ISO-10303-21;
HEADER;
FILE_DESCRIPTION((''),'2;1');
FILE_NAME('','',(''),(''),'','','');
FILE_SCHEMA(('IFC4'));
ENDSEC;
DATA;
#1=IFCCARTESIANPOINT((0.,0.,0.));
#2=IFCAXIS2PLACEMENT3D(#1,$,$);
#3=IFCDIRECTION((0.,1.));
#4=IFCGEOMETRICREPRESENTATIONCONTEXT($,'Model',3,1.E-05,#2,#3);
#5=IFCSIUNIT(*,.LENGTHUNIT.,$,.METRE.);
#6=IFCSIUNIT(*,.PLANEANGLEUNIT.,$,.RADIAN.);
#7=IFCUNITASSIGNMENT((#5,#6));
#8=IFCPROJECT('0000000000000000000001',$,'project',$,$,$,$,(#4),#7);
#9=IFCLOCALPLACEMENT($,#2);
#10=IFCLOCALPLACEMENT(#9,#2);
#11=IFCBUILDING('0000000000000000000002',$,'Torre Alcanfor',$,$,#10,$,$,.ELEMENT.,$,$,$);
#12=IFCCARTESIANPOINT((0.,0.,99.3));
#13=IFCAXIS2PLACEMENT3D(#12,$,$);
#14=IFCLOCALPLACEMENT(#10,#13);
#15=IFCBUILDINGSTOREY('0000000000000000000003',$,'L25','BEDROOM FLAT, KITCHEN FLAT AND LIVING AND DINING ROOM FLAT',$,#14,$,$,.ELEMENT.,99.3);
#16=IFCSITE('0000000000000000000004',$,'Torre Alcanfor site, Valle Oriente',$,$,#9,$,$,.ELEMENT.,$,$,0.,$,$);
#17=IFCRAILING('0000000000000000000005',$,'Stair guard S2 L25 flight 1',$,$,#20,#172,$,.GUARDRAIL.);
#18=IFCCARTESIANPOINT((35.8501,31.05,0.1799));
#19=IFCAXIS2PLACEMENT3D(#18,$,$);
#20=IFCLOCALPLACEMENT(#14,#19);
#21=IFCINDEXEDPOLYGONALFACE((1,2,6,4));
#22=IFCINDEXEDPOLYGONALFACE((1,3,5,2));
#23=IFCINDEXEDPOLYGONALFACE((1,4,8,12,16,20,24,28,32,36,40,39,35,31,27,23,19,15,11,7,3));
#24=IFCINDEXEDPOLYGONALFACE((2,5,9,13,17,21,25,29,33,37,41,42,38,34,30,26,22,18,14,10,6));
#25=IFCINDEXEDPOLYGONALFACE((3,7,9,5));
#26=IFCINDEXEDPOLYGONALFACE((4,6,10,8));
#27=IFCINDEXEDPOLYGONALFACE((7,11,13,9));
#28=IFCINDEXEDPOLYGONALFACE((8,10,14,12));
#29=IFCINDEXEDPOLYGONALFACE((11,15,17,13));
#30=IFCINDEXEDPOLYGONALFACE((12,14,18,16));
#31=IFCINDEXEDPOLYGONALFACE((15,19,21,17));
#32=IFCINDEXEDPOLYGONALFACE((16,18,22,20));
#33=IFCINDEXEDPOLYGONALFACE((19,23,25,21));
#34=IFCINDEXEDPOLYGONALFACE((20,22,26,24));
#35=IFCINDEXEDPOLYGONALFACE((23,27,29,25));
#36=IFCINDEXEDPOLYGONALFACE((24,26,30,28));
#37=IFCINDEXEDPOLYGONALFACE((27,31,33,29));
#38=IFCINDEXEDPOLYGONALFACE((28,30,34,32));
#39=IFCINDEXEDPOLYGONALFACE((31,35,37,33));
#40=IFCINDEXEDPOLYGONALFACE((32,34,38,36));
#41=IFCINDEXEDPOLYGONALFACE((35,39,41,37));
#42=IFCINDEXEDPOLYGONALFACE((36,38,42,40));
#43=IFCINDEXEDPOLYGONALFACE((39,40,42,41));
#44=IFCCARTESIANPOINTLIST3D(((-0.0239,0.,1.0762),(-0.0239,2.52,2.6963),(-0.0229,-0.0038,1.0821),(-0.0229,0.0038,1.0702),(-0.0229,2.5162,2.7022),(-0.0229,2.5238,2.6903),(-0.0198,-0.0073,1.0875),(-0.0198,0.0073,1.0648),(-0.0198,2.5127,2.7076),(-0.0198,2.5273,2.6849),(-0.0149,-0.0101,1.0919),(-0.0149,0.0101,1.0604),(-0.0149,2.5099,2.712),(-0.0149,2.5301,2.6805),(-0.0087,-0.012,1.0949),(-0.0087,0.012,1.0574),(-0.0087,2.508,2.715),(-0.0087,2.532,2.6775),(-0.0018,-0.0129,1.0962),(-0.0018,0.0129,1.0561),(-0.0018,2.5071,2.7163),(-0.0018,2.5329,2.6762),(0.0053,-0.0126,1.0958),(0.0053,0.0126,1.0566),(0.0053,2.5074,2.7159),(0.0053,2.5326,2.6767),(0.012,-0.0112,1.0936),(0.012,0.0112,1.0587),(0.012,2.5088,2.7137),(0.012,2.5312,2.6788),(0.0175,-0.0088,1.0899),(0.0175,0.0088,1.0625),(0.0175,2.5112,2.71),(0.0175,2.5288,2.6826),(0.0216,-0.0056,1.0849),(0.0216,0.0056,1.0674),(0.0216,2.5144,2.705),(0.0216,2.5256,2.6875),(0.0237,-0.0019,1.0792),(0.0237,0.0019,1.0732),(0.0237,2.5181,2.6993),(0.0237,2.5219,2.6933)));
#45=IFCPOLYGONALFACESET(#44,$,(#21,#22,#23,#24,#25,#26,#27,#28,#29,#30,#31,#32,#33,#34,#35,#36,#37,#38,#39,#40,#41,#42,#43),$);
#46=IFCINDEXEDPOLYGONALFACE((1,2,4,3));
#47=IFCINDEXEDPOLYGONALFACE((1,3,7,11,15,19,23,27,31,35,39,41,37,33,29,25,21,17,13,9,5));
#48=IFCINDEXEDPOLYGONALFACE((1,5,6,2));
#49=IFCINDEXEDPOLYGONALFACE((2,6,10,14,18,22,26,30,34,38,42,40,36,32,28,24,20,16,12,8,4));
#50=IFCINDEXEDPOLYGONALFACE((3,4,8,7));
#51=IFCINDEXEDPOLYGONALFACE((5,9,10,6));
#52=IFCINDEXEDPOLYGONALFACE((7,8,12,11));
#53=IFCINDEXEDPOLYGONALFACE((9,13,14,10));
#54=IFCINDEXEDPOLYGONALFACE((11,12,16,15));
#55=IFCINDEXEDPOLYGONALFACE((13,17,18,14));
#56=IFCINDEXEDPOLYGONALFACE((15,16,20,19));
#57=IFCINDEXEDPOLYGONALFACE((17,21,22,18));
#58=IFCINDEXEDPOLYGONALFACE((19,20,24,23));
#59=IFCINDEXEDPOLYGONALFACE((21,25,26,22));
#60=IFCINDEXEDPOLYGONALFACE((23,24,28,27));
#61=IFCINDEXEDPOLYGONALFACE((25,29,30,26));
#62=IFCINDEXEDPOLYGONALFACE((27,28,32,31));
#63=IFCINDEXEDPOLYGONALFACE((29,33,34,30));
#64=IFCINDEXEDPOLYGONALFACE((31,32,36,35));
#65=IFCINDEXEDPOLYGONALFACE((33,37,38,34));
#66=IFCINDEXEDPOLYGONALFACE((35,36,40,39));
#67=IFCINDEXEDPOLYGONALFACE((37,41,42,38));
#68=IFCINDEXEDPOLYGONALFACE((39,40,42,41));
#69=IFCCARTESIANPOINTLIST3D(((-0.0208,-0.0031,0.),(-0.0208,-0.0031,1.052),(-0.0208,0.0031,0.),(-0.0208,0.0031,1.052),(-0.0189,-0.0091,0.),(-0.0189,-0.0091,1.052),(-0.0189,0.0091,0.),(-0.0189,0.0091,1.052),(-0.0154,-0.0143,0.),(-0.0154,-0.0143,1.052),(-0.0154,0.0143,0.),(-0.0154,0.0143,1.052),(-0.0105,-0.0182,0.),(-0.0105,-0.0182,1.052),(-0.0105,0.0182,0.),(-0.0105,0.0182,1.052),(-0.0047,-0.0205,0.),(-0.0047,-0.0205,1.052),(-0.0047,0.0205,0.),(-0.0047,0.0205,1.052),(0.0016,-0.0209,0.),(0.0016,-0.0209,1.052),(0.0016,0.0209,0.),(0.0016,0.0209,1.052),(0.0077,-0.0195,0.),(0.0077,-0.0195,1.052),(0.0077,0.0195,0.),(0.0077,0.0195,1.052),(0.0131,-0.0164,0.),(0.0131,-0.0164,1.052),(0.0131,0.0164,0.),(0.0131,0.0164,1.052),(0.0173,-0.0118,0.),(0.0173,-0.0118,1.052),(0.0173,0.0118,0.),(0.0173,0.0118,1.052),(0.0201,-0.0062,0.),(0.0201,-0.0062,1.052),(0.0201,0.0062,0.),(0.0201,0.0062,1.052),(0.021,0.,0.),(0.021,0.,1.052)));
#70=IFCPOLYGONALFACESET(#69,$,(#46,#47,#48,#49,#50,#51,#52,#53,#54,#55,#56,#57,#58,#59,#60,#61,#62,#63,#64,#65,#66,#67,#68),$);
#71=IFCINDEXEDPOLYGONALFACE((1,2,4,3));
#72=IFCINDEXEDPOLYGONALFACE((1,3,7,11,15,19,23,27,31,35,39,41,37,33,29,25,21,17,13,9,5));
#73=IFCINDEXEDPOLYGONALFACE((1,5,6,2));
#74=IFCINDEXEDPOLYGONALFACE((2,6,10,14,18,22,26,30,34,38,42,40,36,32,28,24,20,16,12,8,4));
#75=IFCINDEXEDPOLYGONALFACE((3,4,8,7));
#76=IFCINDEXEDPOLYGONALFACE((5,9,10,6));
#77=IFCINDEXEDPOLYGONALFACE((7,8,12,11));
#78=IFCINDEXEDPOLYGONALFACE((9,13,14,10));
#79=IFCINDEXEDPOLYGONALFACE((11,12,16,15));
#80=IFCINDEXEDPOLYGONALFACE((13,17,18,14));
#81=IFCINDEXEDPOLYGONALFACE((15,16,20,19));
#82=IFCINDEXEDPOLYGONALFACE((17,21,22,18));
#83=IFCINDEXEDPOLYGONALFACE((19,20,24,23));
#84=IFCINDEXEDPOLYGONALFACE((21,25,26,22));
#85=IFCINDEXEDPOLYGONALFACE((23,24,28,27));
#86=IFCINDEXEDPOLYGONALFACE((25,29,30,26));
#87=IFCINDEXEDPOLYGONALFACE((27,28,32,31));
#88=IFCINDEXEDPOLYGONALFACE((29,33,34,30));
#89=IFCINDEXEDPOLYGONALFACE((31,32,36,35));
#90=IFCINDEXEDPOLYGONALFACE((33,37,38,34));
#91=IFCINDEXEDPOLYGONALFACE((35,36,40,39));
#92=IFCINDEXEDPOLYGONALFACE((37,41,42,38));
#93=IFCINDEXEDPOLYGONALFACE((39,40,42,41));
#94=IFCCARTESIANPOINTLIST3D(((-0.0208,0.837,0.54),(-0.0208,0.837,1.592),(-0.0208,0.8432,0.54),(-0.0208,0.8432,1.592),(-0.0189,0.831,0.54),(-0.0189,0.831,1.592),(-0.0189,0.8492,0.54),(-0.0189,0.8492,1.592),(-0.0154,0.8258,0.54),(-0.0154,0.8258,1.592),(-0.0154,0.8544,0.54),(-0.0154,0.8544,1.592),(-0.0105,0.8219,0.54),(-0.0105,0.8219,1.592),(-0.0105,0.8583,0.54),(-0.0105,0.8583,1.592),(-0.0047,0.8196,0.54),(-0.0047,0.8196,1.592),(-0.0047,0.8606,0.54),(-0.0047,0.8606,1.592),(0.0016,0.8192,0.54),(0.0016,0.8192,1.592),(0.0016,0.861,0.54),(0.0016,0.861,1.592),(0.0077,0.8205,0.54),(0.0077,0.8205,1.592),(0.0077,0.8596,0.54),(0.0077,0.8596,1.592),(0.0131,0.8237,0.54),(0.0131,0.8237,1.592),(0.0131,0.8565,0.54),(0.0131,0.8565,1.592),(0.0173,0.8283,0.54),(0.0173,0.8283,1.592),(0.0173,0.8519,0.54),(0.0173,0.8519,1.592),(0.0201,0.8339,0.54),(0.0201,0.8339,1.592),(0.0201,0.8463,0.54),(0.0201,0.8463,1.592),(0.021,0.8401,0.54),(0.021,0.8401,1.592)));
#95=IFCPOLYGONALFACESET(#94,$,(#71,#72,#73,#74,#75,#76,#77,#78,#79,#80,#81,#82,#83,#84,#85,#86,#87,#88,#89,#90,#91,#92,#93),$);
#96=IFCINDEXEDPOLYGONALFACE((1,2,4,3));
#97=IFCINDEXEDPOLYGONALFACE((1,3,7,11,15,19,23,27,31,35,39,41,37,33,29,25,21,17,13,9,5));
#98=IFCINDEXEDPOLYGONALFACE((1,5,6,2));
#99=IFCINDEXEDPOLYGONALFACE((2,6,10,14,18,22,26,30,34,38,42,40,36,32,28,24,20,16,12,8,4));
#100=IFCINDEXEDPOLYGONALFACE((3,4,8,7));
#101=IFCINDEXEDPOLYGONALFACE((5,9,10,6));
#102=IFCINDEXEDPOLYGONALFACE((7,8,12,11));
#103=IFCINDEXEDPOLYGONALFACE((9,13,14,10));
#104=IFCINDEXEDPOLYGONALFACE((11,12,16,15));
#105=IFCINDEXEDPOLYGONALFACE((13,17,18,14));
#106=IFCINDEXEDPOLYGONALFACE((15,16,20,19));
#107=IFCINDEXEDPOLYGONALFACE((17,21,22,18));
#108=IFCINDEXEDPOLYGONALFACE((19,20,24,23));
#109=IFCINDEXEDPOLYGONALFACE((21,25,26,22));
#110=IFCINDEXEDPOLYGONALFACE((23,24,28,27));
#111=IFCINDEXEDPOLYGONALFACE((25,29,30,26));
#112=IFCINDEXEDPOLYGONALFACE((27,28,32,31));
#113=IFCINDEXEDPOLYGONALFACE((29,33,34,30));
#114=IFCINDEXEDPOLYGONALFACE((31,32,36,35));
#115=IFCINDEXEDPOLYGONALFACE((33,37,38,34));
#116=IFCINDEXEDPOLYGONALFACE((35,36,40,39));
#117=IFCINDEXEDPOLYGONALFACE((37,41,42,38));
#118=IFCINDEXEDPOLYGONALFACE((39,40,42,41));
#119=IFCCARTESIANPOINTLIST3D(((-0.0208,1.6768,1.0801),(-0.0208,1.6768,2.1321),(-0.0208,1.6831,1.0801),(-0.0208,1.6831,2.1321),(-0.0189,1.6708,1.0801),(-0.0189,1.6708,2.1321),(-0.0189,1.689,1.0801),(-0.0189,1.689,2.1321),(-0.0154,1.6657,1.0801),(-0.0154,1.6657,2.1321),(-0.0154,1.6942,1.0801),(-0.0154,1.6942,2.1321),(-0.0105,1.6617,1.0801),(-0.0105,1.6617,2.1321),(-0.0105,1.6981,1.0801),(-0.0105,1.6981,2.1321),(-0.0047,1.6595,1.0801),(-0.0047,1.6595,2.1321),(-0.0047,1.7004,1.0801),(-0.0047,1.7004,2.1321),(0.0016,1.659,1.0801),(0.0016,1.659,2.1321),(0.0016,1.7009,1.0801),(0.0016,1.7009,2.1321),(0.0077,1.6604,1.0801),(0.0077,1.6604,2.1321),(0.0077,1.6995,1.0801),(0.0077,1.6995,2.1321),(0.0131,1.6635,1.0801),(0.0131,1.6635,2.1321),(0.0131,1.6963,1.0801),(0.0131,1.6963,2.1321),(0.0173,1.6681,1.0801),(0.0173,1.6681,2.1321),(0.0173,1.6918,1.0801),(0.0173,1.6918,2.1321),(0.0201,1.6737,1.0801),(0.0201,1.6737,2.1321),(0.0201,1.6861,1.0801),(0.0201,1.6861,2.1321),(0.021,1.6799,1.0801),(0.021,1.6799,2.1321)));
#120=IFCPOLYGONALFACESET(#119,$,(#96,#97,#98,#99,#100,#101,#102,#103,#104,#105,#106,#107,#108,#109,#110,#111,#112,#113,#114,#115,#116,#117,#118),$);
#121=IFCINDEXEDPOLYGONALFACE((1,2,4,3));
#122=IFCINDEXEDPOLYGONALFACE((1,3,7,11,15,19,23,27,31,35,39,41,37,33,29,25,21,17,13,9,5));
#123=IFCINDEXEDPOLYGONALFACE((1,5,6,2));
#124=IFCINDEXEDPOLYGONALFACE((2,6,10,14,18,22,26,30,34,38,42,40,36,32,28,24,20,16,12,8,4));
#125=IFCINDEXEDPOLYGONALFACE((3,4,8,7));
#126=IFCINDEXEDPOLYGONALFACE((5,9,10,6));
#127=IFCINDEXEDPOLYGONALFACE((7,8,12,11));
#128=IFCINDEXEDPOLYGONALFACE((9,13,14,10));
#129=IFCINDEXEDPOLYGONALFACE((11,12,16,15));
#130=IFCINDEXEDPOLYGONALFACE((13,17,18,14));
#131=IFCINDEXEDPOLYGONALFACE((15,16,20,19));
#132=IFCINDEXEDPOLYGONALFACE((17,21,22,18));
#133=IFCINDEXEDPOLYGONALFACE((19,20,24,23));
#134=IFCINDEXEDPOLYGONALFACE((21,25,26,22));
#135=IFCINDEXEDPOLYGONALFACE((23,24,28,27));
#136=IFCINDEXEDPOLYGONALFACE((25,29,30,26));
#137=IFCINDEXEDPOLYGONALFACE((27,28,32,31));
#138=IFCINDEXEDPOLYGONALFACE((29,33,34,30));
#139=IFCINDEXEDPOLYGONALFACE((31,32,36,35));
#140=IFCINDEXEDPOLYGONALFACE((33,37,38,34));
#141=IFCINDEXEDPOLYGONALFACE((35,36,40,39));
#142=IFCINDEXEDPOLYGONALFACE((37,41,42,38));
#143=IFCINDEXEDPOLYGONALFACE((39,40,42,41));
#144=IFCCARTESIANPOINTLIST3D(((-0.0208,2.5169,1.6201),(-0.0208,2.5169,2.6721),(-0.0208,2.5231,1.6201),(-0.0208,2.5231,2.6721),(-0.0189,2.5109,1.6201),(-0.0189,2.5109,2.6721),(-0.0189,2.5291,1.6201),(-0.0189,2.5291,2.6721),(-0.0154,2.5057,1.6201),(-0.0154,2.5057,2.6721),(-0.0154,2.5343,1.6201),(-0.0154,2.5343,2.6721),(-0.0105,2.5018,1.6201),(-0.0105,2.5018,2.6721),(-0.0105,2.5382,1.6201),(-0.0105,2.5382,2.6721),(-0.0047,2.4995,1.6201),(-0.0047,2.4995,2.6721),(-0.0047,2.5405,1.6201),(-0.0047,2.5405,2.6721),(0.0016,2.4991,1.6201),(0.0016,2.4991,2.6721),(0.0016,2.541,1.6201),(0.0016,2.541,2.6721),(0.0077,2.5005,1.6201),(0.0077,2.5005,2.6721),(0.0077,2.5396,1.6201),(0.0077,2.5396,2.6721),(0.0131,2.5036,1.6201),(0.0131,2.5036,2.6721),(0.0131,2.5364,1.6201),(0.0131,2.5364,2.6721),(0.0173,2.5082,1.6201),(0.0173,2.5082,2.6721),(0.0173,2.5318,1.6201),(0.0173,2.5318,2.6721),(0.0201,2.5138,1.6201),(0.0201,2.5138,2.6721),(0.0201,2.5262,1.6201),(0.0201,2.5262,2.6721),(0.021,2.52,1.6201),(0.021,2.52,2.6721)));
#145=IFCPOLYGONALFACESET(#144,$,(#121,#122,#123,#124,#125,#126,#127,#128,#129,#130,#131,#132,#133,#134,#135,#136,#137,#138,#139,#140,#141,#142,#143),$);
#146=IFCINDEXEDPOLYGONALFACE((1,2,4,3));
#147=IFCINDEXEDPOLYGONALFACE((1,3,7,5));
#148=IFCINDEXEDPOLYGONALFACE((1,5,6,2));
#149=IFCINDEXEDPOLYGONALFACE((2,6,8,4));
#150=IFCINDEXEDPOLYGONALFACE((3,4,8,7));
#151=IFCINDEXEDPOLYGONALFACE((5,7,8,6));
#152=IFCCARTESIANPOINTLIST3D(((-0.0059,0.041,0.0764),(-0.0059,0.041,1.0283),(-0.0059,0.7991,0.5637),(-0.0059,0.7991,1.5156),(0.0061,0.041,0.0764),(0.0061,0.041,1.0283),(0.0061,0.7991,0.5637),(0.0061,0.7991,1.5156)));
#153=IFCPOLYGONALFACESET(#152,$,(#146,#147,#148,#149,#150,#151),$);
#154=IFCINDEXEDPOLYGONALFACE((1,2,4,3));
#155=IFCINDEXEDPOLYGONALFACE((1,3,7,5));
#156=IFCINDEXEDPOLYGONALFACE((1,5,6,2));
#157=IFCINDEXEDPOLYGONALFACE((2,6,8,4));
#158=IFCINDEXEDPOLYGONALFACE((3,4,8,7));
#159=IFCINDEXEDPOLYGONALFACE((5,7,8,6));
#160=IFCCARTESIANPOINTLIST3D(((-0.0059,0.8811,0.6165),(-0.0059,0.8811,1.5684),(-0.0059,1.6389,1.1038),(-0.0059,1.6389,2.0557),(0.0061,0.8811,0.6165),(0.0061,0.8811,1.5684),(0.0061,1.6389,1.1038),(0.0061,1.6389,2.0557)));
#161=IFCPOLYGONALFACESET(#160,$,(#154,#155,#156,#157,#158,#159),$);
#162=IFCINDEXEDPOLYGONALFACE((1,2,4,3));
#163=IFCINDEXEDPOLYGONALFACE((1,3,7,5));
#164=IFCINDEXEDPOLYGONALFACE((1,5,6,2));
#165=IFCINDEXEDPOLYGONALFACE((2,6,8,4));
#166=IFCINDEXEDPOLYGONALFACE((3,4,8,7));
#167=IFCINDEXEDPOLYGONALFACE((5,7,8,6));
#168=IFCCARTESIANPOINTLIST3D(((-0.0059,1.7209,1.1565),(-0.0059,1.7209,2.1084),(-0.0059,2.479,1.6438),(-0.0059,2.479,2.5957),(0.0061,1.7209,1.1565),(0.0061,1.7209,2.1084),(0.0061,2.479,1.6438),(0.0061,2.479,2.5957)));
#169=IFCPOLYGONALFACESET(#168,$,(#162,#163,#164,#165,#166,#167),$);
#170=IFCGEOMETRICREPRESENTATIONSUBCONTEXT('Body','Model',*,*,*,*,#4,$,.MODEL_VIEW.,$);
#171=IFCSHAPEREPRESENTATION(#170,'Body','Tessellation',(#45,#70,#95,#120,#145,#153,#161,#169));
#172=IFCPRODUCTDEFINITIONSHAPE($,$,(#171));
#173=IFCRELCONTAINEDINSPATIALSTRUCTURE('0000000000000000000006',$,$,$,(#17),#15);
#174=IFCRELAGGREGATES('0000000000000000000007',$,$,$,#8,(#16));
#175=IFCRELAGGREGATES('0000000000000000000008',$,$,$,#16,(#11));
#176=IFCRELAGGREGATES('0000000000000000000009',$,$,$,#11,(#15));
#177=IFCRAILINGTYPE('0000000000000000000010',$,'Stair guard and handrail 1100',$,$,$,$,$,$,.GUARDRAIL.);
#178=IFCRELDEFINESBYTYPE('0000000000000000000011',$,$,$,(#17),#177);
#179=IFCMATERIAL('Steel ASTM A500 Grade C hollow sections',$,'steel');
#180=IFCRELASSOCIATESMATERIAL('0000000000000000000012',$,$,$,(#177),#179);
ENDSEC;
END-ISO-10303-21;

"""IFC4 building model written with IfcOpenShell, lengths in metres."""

from ifc_helpers import new_model, si_unit, direction, frame, origin, origin_2d, place, context, subcontext, project, spatial, polyline, circle, outline, extrude, material, type_object, element, save


model = new_model("IFC4")

# Units and contexts
model_context = context("Model", 3, precision=1e-05, world=origin(), true_north=direction((0.0, 1.0)))
body_context = subcontext(model_context, "Body", "Model", "MODEL_VIEW")
ifc_project = project(units=[si_unit("LENGTHUNIT", "METRE"), si_unit("PLANEANGLEUNIT", "RADIAN")], contexts=[model_context])

# Site, building, storey
site_placement = place(None, origin())
site = spatial("IfcSite", under=ifc_project, at=site_placement, Name="Torre Alcanfor site, Valle Oriente", CompositionType="ELEMENT", RefElevation=0.0)
building_placement = place(site_placement, origin())
building = spatial("IfcBuilding", under=site, at=building_placement, Name="Torre Alcanfor", CompositionType="ELEMENT")
storey_placement = place(building_placement, frame((0.0, 0.0, 99.3)))
storey = spatial("IfcBuildingStorey", under=building, at=storey_placement, Name="L25", Description="BEDROOM FLAT, KITCHEN FLAT AND LIVING AND DINING ROOM FLAT", CompositionType="ELEMENT", Elevation=99.3)

# Railing
ifc_material_1 = material(Name="Steel ASTM A500 Grade C hollow sections", Category="steel")
railing_type_1 = type_object("IfcRailingType", Name="Stair guard and handrail 1100", PredefinedType="GUARDRAIL", material=ifc_material_1)
railing_1_placement = place(storey_placement, frame((35.8501, 31.05, 0.1799)))
element("IfcRailing", 1, at=railing_1_placement, inside=storey, type_object=railing_type_1, Name="Stair guard S2 L25 flight 1", PredefinedType="GUARDRAIL", context=body_context, shape_type="SweptSolid", body=[
    extrude(circle(Radius=0.0239, at=origin_2d()), frame((0.0, 0.0, 1.0762), z_axis=(0.0, 0.841163, 0.540782), x_axis=(-1.0, 0.0, 0.0)), (0.0, 0.0, 1.0), 2.9958),
    extrude(circle(Radius=0.021, at=origin_2d()), origin(), (0.0, 0.0, 1.0), 1.052),
    extrude(circle(Radius=0.021, at=origin_2d()), frame((0.0, 0.8401, 0.54)), (0.0, 0.0, 1.0), 1.052),
    extrude(circle(Radius=0.021, at=origin_2d()), frame((0.0, 1.6799, 1.0801)), (0.0, 0.0, 1.0), 1.052),
    extrude(circle(Radius=0.021, at=origin_2d()), frame((0.0, 2.52, 1.6201)), (0.0, 0.0, 1.0), 1.052),
    extrude(outline(polyline([(0.041, 0.0764), (0.7991, 0.5637), (0.7991, 1.5156), (0.041, 1.0283), (0.041, 0.0764)])), frame((-0.0059, 0.0, 0.0), z_axis=(1.0, 0.0, 0.0), x_axis=(0.0, 1.0, 0.0)), (0.0, 0.0, 1.0), 0.012),
    extrude(outline(polyline([(0.8811, 0.6165), (1.6389, 1.1038), (1.6389, 2.0557), (0.8811, 1.5684), (0.8811, 0.6165)])), frame((-0.0059, 0.0, 0.0), z_axis=(1.0, 0.0, 0.0), x_axis=(0.0, 1.0, 0.0)), (0.0, 0.0, 1.0), 0.012),
    extrude(outline(polyline([(1.7209, 1.1565), (2.479, 1.6438), (2.479, 2.5957), (1.7209, 2.1084), (1.7209, 1.1565)])), frame((-0.0059, 0.0, 0.0), z_axis=(1.0, 0.0, 0.0), x_axis=(0.0, 1.0, 0.0)), (0.0, 0.0, 1.0), 0.012),
])

save(model, "model.ifc")
